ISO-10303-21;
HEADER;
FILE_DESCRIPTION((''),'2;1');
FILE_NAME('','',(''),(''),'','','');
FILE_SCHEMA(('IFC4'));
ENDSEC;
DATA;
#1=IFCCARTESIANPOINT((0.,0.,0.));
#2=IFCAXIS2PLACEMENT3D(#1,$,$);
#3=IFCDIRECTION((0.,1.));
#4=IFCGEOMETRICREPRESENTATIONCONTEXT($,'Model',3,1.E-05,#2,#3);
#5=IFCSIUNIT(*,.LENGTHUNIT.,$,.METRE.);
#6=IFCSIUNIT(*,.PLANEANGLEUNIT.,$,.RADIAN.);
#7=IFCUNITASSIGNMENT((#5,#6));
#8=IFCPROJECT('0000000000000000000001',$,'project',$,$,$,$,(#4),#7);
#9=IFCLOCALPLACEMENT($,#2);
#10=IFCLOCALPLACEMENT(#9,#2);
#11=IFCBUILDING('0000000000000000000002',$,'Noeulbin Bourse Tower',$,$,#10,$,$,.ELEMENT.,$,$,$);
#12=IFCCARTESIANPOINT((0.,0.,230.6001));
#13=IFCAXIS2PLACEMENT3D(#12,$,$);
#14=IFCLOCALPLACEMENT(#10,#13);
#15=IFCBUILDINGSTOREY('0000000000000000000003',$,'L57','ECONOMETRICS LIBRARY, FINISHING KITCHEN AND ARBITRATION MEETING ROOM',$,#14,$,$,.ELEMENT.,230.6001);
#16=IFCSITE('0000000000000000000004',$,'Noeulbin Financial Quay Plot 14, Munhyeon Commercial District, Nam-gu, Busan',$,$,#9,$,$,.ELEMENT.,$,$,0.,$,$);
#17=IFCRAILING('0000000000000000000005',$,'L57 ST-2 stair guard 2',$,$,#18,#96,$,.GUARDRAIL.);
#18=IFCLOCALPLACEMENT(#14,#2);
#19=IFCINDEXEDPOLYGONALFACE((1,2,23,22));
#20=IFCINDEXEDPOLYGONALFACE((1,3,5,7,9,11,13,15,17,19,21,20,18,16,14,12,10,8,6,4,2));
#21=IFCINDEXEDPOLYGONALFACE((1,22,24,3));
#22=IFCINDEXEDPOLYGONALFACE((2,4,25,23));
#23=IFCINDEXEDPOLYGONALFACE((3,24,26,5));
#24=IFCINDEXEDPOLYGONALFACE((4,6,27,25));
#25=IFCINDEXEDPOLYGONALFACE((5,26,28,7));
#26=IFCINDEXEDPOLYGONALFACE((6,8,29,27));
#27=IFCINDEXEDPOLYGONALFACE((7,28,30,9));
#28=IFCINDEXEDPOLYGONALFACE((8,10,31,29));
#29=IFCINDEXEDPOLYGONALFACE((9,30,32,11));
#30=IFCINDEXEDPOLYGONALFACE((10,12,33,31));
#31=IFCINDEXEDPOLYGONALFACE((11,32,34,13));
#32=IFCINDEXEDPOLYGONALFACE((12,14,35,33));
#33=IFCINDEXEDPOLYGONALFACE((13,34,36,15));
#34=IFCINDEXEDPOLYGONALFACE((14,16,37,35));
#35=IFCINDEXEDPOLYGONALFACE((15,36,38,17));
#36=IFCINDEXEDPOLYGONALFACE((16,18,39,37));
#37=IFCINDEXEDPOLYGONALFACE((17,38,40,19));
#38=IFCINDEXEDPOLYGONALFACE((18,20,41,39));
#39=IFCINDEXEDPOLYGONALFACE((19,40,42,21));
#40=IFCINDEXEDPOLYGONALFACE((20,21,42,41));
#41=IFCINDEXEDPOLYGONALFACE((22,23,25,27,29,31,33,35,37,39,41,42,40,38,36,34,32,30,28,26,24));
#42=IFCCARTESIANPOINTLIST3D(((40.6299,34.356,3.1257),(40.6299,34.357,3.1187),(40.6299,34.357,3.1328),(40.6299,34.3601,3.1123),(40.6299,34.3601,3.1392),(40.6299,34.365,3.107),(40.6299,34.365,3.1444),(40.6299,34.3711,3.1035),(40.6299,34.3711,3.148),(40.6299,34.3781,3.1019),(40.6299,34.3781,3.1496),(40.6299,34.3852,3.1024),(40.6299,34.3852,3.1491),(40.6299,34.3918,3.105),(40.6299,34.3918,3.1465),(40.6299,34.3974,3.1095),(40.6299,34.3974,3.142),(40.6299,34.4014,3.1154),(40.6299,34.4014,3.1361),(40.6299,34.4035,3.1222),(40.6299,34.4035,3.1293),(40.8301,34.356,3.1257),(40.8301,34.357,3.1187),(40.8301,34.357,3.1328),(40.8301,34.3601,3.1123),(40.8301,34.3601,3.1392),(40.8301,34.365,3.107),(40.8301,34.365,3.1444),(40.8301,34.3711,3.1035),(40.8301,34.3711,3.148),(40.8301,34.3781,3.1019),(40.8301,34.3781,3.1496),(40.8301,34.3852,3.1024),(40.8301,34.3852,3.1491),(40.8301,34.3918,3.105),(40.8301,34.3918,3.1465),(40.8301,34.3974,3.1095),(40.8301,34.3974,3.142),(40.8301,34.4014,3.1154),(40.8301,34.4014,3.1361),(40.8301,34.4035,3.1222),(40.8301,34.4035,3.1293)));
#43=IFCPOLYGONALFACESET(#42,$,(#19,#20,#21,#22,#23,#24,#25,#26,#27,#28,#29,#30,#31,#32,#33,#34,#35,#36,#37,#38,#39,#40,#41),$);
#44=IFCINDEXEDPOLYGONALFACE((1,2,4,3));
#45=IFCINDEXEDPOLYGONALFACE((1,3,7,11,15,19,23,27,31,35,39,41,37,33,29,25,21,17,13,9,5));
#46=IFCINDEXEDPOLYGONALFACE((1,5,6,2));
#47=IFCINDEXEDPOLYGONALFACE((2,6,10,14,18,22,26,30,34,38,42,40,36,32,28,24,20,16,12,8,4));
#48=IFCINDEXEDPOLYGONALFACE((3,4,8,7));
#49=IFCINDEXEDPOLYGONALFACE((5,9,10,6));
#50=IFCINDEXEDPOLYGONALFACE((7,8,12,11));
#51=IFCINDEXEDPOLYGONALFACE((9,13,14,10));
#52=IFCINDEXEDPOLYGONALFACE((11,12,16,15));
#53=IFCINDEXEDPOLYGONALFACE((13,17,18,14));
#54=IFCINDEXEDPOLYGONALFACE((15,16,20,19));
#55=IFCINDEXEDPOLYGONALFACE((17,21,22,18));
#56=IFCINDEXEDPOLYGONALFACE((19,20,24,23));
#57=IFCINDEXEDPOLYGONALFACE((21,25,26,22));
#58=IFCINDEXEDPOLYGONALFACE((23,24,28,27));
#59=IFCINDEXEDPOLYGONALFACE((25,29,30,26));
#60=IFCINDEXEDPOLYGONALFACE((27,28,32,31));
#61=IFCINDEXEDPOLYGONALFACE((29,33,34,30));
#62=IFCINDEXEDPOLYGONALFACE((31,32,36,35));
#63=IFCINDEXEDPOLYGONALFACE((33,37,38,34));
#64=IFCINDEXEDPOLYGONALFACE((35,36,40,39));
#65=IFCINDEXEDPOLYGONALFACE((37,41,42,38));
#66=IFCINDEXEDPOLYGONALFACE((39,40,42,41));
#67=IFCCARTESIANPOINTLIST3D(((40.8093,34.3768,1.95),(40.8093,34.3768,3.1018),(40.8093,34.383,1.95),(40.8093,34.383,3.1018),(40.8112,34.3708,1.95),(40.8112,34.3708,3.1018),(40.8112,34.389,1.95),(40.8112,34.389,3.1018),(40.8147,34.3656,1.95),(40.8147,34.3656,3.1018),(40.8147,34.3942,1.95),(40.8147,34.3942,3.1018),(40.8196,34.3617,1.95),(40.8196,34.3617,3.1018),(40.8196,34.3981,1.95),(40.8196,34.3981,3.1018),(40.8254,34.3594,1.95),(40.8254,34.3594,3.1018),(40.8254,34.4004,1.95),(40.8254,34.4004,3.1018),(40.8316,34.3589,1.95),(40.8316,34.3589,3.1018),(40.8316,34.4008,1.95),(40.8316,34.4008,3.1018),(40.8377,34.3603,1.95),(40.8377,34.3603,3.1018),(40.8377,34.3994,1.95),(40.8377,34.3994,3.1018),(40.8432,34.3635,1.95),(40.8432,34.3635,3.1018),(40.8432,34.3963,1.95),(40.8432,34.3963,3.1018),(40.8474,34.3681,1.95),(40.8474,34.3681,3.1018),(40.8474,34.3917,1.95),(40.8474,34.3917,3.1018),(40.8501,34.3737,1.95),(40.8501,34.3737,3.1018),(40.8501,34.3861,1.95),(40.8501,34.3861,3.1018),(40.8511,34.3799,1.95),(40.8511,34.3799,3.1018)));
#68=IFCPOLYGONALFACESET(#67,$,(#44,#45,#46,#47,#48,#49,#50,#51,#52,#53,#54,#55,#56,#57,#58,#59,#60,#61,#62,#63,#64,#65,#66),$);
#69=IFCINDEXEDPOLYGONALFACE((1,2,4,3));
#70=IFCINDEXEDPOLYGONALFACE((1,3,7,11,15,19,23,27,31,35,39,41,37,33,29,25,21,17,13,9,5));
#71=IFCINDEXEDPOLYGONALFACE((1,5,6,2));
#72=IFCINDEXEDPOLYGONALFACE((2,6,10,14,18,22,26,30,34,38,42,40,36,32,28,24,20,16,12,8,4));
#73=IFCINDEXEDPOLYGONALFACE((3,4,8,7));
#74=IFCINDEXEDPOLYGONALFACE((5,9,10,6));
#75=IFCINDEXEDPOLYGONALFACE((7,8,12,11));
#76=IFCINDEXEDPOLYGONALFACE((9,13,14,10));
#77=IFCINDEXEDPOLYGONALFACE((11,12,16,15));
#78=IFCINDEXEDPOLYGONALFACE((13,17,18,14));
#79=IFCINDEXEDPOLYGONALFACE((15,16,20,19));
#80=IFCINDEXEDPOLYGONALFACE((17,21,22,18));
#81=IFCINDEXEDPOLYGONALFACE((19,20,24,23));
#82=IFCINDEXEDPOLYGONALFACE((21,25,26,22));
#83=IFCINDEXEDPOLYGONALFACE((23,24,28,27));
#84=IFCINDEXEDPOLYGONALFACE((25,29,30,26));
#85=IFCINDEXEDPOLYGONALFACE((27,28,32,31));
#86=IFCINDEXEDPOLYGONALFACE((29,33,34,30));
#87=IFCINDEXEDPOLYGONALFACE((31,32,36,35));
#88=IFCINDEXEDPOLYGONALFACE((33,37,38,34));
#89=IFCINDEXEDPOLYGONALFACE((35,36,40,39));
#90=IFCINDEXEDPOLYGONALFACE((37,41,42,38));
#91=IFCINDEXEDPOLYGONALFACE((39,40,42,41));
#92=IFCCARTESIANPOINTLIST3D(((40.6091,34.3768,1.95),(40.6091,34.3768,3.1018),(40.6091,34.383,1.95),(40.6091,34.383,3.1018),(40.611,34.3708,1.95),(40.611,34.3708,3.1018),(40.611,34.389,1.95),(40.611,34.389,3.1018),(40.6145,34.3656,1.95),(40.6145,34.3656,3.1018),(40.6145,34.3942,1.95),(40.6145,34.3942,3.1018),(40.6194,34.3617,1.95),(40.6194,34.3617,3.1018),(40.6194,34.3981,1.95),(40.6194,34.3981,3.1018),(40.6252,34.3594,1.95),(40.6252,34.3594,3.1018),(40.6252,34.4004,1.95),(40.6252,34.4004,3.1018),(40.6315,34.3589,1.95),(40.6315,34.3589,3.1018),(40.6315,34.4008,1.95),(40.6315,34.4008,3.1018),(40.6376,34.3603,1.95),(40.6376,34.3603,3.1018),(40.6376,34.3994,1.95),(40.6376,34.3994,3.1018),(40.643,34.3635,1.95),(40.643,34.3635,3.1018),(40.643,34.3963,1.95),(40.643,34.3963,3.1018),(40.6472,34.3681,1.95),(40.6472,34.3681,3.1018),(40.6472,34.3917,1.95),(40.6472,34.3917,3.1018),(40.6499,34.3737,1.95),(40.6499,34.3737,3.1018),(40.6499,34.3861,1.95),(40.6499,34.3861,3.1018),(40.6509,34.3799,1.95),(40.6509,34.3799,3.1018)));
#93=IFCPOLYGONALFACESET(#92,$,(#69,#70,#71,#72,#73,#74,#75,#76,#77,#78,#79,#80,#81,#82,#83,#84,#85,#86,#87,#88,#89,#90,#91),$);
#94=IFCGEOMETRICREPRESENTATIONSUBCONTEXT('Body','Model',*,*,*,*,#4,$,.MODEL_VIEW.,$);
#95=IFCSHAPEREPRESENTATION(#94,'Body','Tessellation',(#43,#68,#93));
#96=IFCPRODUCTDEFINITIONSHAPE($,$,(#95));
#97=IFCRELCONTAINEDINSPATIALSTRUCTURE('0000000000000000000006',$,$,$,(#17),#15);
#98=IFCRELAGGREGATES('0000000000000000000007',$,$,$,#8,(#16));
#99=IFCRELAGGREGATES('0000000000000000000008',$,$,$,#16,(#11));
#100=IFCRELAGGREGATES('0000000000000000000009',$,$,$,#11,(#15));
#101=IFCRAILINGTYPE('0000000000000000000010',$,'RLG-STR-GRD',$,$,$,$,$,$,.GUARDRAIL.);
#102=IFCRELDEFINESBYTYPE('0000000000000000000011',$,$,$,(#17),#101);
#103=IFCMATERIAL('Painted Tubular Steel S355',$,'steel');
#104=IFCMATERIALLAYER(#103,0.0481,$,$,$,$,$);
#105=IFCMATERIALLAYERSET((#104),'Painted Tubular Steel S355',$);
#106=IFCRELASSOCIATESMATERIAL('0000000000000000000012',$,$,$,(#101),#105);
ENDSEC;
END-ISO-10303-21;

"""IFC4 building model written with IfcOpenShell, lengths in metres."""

from ifc_helpers import new_model, si_unit, direction, frame, origin, origin_2d, place, context, subcontext, project, spatial, circle, extrude, material, layer, layer_set, type_object, element, save


model = new_model("IFC4")

# Units and contexts
model_context = context("Model", 3, precision=1e-05, world=origin(), true_north=direction((0.0, 1.0)))
body_context = subcontext(model_context, "Body", "Model", "MODEL_VIEW")
ifc_project = project(units=[si_unit("LENGTHUNIT", "METRE"), si_unit("PLANEANGLEUNIT", "RADIAN")], contexts=[model_context])

# Site, building, storey
site_placement = place(None, origin())
site = spatial("IfcSite", under=ifc_project, at=site_placement, Name="Noeulbin Financial Quay Plot 14, Munhyeon Commercial District, Nam-gu, Busan", CompositionType="ELEMENT", RefElevation=0.0)
building_placement = place(site_placement, origin())
building = spatial("IfcBuilding", under=site, at=building_placement, Name="Noeulbin Bourse Tower", CompositionType="ELEMENT")
storey_placement = place(building_placement, frame((0.0, 0.0, 230.6001)))
storey = spatial("IfcBuildingStorey", under=building, at=storey_placement, Name="L57", Description="ECONOMETRICS LIBRARY, FINISHING KITCHEN AND ARBITRATION MEETING ROOM", CompositionType="ELEMENT", Elevation=230.6001)

# Railing
ifc_material_1 = material(Name="Painted Tubular Steel S355", Category="steel")
ifc_layer_1 = layer(ifc_material_1, 0.0481)
ifc_layer_set_1 = layer_set([ifc_layer_1], Name="Painted Tubular Steel S355")
railing_type_1 = type_object("IfcRailingType", Name="RLG-STR-GRD", PredefinedType="GUARDRAIL", material=ifc_layer_set_1)
railing_1_placement = place(storey_placement, frame((40.8301, 34.3799, 1.95)))
element("IfcRailing", 1, at=railing_1_placement, inside=storey, type_object=railing_type_1, Name="L57 ST-2 stair guard 2", PredefinedType="GUARDRAIL", context=body_context, shape_type="SweptSolid", body=[
    extrude(circle(Radius=0.0239, at=origin_2d()), frame((0.0, 0.0, 1.1758), z_axis=(-1.0, 0.0, 0.0), x_axis=(0.0, -1.0, 0.0)), (0.0, 0.0, 1.0), 0.2002),
    extrude(circle(Radius=0.021, at=origin_2d()), origin(), (0.0, 0.0, 1.0), 1.1519),
    extrude(circle(Radius=0.021, at=origin_2d()), frame((-0.2002, 0.0, 0.0)), (0.0, 0.0, 1.0), 1.1519),
])

save(model, "model.ifc")
